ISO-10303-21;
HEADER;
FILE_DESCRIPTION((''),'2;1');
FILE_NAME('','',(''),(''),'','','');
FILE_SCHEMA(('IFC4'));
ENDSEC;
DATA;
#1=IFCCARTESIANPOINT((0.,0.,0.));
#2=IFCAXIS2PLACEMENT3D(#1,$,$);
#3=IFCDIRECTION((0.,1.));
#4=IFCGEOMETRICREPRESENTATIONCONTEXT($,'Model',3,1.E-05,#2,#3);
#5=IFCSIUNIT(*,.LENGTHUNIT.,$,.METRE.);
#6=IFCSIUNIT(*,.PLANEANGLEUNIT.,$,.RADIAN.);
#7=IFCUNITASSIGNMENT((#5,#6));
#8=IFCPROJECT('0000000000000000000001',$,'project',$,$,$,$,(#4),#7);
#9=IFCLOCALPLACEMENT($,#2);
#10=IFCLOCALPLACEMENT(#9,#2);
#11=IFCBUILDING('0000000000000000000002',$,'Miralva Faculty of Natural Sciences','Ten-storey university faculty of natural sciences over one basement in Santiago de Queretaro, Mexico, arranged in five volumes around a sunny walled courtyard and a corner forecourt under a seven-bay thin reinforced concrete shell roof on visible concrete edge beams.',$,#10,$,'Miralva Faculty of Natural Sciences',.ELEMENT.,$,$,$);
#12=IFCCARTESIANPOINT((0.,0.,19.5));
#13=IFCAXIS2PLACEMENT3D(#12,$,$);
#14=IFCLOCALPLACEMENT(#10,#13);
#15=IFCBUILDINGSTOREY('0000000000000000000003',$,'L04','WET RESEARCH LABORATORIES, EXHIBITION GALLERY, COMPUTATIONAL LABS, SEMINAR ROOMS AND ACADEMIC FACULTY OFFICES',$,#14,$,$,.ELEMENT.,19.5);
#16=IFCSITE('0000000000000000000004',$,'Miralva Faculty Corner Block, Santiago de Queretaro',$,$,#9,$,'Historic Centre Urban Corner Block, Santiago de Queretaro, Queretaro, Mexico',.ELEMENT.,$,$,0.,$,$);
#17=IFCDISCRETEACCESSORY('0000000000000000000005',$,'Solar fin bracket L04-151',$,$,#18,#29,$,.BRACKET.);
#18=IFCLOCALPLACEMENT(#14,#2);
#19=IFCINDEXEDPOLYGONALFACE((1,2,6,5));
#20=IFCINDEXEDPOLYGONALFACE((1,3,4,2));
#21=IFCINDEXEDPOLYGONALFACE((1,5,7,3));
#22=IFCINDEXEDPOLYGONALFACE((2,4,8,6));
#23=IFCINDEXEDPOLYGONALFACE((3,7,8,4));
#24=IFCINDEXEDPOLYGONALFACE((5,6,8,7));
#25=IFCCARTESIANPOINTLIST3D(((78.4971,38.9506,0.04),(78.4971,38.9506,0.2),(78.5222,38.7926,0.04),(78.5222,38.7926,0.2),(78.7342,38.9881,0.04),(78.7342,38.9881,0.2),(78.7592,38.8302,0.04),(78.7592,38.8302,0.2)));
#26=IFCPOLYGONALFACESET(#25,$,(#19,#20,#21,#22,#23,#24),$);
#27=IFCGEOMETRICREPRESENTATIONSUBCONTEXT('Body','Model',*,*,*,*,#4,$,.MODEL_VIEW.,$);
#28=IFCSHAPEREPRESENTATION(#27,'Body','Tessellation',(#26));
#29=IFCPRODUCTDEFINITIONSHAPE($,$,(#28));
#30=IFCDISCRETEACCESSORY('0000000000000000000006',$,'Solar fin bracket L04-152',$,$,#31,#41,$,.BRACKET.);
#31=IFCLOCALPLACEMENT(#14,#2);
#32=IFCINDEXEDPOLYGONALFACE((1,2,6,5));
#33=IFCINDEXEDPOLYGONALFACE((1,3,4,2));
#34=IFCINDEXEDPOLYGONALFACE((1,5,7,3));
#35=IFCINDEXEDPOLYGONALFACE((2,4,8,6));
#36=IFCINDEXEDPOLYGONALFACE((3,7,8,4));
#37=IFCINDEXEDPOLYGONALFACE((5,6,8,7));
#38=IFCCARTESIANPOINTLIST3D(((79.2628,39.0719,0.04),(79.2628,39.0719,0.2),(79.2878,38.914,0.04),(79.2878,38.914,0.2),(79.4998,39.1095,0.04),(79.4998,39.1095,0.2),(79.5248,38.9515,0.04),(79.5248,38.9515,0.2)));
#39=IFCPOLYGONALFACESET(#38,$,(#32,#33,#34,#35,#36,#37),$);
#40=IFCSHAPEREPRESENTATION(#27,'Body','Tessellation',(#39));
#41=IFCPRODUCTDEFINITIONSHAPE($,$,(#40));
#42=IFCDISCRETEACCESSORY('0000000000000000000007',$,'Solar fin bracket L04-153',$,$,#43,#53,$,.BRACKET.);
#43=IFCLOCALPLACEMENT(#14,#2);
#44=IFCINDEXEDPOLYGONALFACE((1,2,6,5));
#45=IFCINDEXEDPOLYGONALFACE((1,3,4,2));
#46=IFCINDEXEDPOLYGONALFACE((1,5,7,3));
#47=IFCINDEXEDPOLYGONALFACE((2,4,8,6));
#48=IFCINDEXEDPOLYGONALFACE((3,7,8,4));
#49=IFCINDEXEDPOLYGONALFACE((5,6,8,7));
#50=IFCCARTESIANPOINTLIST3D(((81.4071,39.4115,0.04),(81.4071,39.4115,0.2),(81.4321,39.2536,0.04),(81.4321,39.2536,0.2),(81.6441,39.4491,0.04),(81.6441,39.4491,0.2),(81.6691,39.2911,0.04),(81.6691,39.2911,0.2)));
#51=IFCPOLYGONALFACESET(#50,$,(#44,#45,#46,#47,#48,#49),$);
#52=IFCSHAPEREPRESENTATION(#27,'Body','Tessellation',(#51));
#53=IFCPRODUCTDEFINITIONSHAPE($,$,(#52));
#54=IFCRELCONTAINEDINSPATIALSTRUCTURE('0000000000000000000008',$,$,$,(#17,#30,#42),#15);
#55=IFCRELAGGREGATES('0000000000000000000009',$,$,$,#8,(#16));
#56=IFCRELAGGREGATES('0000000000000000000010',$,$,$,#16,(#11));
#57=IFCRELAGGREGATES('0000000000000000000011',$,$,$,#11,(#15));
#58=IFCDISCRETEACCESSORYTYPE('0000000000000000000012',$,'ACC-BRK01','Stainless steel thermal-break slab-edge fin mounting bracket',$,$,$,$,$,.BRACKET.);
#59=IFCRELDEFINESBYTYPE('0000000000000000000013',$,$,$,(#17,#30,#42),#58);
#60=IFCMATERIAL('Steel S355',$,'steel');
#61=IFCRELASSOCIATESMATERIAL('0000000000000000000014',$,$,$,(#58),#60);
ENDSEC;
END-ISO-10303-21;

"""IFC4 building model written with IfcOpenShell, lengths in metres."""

from ifc_helpers import new_model, si_unit, direction, frame, origin, origin_2d, place, context, subcontext, project, spatial, rectangle, extrude, material, type_object, element, save


model = new_model("IFC4")

# Units and contexts
model_context = context("Model", 3, precision=1e-05, world=origin(), true_north=direction((0.0, 1.0)))
body_context = subcontext(model_context, "Body", "Model", "MODEL_VIEW")
ifc_project = project(units=[si_unit("LENGTHUNIT", "METRE"), si_unit("PLANEANGLEUNIT", "RADIAN")], contexts=[model_context])

# Site, building, storey
site_placement = place(None, origin())
site = spatial("IfcSite", under=ifc_project, at=site_placement, Name="Miralva Faculty Corner Block, Santiago de Queretaro", LongName="Historic Centre Urban Corner Block, Santiago de Queretaro, Queretaro, Mexico", CompositionType="ELEMENT", RefElevation=0.0)
building_placement = place(site_placement, origin())
building = spatial("IfcBuilding", under=site, at=building_placement, Name="Miralva Faculty of Natural Sciences", Description="Ten-storey university faculty of natural sciences over one basement in Santiago de Queretaro, Mexico, arranged in five volumes around a sunny walled courtyard and a corner forecourt under a seven-bay thin reinforced concrete shell roof on visible concrete edge beams.", LongName="Miralva Faculty of Natural Sciences", CompositionType="ELEMENT")
storey_placement = place(building_placement, frame((0.0, 0.0, 19.5)))
storey = spatial("IfcBuildingStorey", under=building, at=storey_placement, Name="L04", Description="WET RESEARCH LABORATORIES, EXHIBITION GALLERY, COMPUTATIONAL LABS, SEMINAR ROOMS AND ACADEMIC FACULTY OFFICES", CompositionType="ELEMENT", Elevation=19.5)

# Discrete accessories
ifc_material_1 = material(Name="Steel S355", Category="steel")
discrete_accessory_type = type_object("IfcDiscreteAccessoryType", Name="ACC-BRK01", Description="Stainless steel thermal-break slab-edge fin mounting bracket", PredefinedType="BRACKET", material=ifc_material_1)
for number, where, z_axis, x_axis, name in (
    (1, (78.6282, 38.8904, 0.04), (0.0, 0.0, 1.0), (-0.156434, 0.987688, 0.0), "Solar fin bracket L04-151"),
    (2, (79.3938, 39.0117, 0.04), (0.0, 0.0, 1.0), (-0.156434, 0.987688, 0.0), "Solar fin bracket L04-152"),
    (3, (81.5381, 39.3513, 0.04), (0.0, 0.0, 1.0), (-0.156434, 0.987688, 0.0), "Solar fin bracket L04-153"),
):
    element("IfcDiscreteAccessory", number, at=place(storey_placement, frame(where, z_axis=z_axis, x_axis=x_axis)), inside=storey, type_object=discrete_accessory_type, Name=name, PredefinedType="BRACKET", context=body_context, shape_type="SweptSolid", body=[
        extrude(rectangle(XDim=0.1599, YDim=0.24, at=origin_2d()), origin(), (0.0, 0.0, 1.0), 0.1599),
    ])

save(model, "model.ifc")
